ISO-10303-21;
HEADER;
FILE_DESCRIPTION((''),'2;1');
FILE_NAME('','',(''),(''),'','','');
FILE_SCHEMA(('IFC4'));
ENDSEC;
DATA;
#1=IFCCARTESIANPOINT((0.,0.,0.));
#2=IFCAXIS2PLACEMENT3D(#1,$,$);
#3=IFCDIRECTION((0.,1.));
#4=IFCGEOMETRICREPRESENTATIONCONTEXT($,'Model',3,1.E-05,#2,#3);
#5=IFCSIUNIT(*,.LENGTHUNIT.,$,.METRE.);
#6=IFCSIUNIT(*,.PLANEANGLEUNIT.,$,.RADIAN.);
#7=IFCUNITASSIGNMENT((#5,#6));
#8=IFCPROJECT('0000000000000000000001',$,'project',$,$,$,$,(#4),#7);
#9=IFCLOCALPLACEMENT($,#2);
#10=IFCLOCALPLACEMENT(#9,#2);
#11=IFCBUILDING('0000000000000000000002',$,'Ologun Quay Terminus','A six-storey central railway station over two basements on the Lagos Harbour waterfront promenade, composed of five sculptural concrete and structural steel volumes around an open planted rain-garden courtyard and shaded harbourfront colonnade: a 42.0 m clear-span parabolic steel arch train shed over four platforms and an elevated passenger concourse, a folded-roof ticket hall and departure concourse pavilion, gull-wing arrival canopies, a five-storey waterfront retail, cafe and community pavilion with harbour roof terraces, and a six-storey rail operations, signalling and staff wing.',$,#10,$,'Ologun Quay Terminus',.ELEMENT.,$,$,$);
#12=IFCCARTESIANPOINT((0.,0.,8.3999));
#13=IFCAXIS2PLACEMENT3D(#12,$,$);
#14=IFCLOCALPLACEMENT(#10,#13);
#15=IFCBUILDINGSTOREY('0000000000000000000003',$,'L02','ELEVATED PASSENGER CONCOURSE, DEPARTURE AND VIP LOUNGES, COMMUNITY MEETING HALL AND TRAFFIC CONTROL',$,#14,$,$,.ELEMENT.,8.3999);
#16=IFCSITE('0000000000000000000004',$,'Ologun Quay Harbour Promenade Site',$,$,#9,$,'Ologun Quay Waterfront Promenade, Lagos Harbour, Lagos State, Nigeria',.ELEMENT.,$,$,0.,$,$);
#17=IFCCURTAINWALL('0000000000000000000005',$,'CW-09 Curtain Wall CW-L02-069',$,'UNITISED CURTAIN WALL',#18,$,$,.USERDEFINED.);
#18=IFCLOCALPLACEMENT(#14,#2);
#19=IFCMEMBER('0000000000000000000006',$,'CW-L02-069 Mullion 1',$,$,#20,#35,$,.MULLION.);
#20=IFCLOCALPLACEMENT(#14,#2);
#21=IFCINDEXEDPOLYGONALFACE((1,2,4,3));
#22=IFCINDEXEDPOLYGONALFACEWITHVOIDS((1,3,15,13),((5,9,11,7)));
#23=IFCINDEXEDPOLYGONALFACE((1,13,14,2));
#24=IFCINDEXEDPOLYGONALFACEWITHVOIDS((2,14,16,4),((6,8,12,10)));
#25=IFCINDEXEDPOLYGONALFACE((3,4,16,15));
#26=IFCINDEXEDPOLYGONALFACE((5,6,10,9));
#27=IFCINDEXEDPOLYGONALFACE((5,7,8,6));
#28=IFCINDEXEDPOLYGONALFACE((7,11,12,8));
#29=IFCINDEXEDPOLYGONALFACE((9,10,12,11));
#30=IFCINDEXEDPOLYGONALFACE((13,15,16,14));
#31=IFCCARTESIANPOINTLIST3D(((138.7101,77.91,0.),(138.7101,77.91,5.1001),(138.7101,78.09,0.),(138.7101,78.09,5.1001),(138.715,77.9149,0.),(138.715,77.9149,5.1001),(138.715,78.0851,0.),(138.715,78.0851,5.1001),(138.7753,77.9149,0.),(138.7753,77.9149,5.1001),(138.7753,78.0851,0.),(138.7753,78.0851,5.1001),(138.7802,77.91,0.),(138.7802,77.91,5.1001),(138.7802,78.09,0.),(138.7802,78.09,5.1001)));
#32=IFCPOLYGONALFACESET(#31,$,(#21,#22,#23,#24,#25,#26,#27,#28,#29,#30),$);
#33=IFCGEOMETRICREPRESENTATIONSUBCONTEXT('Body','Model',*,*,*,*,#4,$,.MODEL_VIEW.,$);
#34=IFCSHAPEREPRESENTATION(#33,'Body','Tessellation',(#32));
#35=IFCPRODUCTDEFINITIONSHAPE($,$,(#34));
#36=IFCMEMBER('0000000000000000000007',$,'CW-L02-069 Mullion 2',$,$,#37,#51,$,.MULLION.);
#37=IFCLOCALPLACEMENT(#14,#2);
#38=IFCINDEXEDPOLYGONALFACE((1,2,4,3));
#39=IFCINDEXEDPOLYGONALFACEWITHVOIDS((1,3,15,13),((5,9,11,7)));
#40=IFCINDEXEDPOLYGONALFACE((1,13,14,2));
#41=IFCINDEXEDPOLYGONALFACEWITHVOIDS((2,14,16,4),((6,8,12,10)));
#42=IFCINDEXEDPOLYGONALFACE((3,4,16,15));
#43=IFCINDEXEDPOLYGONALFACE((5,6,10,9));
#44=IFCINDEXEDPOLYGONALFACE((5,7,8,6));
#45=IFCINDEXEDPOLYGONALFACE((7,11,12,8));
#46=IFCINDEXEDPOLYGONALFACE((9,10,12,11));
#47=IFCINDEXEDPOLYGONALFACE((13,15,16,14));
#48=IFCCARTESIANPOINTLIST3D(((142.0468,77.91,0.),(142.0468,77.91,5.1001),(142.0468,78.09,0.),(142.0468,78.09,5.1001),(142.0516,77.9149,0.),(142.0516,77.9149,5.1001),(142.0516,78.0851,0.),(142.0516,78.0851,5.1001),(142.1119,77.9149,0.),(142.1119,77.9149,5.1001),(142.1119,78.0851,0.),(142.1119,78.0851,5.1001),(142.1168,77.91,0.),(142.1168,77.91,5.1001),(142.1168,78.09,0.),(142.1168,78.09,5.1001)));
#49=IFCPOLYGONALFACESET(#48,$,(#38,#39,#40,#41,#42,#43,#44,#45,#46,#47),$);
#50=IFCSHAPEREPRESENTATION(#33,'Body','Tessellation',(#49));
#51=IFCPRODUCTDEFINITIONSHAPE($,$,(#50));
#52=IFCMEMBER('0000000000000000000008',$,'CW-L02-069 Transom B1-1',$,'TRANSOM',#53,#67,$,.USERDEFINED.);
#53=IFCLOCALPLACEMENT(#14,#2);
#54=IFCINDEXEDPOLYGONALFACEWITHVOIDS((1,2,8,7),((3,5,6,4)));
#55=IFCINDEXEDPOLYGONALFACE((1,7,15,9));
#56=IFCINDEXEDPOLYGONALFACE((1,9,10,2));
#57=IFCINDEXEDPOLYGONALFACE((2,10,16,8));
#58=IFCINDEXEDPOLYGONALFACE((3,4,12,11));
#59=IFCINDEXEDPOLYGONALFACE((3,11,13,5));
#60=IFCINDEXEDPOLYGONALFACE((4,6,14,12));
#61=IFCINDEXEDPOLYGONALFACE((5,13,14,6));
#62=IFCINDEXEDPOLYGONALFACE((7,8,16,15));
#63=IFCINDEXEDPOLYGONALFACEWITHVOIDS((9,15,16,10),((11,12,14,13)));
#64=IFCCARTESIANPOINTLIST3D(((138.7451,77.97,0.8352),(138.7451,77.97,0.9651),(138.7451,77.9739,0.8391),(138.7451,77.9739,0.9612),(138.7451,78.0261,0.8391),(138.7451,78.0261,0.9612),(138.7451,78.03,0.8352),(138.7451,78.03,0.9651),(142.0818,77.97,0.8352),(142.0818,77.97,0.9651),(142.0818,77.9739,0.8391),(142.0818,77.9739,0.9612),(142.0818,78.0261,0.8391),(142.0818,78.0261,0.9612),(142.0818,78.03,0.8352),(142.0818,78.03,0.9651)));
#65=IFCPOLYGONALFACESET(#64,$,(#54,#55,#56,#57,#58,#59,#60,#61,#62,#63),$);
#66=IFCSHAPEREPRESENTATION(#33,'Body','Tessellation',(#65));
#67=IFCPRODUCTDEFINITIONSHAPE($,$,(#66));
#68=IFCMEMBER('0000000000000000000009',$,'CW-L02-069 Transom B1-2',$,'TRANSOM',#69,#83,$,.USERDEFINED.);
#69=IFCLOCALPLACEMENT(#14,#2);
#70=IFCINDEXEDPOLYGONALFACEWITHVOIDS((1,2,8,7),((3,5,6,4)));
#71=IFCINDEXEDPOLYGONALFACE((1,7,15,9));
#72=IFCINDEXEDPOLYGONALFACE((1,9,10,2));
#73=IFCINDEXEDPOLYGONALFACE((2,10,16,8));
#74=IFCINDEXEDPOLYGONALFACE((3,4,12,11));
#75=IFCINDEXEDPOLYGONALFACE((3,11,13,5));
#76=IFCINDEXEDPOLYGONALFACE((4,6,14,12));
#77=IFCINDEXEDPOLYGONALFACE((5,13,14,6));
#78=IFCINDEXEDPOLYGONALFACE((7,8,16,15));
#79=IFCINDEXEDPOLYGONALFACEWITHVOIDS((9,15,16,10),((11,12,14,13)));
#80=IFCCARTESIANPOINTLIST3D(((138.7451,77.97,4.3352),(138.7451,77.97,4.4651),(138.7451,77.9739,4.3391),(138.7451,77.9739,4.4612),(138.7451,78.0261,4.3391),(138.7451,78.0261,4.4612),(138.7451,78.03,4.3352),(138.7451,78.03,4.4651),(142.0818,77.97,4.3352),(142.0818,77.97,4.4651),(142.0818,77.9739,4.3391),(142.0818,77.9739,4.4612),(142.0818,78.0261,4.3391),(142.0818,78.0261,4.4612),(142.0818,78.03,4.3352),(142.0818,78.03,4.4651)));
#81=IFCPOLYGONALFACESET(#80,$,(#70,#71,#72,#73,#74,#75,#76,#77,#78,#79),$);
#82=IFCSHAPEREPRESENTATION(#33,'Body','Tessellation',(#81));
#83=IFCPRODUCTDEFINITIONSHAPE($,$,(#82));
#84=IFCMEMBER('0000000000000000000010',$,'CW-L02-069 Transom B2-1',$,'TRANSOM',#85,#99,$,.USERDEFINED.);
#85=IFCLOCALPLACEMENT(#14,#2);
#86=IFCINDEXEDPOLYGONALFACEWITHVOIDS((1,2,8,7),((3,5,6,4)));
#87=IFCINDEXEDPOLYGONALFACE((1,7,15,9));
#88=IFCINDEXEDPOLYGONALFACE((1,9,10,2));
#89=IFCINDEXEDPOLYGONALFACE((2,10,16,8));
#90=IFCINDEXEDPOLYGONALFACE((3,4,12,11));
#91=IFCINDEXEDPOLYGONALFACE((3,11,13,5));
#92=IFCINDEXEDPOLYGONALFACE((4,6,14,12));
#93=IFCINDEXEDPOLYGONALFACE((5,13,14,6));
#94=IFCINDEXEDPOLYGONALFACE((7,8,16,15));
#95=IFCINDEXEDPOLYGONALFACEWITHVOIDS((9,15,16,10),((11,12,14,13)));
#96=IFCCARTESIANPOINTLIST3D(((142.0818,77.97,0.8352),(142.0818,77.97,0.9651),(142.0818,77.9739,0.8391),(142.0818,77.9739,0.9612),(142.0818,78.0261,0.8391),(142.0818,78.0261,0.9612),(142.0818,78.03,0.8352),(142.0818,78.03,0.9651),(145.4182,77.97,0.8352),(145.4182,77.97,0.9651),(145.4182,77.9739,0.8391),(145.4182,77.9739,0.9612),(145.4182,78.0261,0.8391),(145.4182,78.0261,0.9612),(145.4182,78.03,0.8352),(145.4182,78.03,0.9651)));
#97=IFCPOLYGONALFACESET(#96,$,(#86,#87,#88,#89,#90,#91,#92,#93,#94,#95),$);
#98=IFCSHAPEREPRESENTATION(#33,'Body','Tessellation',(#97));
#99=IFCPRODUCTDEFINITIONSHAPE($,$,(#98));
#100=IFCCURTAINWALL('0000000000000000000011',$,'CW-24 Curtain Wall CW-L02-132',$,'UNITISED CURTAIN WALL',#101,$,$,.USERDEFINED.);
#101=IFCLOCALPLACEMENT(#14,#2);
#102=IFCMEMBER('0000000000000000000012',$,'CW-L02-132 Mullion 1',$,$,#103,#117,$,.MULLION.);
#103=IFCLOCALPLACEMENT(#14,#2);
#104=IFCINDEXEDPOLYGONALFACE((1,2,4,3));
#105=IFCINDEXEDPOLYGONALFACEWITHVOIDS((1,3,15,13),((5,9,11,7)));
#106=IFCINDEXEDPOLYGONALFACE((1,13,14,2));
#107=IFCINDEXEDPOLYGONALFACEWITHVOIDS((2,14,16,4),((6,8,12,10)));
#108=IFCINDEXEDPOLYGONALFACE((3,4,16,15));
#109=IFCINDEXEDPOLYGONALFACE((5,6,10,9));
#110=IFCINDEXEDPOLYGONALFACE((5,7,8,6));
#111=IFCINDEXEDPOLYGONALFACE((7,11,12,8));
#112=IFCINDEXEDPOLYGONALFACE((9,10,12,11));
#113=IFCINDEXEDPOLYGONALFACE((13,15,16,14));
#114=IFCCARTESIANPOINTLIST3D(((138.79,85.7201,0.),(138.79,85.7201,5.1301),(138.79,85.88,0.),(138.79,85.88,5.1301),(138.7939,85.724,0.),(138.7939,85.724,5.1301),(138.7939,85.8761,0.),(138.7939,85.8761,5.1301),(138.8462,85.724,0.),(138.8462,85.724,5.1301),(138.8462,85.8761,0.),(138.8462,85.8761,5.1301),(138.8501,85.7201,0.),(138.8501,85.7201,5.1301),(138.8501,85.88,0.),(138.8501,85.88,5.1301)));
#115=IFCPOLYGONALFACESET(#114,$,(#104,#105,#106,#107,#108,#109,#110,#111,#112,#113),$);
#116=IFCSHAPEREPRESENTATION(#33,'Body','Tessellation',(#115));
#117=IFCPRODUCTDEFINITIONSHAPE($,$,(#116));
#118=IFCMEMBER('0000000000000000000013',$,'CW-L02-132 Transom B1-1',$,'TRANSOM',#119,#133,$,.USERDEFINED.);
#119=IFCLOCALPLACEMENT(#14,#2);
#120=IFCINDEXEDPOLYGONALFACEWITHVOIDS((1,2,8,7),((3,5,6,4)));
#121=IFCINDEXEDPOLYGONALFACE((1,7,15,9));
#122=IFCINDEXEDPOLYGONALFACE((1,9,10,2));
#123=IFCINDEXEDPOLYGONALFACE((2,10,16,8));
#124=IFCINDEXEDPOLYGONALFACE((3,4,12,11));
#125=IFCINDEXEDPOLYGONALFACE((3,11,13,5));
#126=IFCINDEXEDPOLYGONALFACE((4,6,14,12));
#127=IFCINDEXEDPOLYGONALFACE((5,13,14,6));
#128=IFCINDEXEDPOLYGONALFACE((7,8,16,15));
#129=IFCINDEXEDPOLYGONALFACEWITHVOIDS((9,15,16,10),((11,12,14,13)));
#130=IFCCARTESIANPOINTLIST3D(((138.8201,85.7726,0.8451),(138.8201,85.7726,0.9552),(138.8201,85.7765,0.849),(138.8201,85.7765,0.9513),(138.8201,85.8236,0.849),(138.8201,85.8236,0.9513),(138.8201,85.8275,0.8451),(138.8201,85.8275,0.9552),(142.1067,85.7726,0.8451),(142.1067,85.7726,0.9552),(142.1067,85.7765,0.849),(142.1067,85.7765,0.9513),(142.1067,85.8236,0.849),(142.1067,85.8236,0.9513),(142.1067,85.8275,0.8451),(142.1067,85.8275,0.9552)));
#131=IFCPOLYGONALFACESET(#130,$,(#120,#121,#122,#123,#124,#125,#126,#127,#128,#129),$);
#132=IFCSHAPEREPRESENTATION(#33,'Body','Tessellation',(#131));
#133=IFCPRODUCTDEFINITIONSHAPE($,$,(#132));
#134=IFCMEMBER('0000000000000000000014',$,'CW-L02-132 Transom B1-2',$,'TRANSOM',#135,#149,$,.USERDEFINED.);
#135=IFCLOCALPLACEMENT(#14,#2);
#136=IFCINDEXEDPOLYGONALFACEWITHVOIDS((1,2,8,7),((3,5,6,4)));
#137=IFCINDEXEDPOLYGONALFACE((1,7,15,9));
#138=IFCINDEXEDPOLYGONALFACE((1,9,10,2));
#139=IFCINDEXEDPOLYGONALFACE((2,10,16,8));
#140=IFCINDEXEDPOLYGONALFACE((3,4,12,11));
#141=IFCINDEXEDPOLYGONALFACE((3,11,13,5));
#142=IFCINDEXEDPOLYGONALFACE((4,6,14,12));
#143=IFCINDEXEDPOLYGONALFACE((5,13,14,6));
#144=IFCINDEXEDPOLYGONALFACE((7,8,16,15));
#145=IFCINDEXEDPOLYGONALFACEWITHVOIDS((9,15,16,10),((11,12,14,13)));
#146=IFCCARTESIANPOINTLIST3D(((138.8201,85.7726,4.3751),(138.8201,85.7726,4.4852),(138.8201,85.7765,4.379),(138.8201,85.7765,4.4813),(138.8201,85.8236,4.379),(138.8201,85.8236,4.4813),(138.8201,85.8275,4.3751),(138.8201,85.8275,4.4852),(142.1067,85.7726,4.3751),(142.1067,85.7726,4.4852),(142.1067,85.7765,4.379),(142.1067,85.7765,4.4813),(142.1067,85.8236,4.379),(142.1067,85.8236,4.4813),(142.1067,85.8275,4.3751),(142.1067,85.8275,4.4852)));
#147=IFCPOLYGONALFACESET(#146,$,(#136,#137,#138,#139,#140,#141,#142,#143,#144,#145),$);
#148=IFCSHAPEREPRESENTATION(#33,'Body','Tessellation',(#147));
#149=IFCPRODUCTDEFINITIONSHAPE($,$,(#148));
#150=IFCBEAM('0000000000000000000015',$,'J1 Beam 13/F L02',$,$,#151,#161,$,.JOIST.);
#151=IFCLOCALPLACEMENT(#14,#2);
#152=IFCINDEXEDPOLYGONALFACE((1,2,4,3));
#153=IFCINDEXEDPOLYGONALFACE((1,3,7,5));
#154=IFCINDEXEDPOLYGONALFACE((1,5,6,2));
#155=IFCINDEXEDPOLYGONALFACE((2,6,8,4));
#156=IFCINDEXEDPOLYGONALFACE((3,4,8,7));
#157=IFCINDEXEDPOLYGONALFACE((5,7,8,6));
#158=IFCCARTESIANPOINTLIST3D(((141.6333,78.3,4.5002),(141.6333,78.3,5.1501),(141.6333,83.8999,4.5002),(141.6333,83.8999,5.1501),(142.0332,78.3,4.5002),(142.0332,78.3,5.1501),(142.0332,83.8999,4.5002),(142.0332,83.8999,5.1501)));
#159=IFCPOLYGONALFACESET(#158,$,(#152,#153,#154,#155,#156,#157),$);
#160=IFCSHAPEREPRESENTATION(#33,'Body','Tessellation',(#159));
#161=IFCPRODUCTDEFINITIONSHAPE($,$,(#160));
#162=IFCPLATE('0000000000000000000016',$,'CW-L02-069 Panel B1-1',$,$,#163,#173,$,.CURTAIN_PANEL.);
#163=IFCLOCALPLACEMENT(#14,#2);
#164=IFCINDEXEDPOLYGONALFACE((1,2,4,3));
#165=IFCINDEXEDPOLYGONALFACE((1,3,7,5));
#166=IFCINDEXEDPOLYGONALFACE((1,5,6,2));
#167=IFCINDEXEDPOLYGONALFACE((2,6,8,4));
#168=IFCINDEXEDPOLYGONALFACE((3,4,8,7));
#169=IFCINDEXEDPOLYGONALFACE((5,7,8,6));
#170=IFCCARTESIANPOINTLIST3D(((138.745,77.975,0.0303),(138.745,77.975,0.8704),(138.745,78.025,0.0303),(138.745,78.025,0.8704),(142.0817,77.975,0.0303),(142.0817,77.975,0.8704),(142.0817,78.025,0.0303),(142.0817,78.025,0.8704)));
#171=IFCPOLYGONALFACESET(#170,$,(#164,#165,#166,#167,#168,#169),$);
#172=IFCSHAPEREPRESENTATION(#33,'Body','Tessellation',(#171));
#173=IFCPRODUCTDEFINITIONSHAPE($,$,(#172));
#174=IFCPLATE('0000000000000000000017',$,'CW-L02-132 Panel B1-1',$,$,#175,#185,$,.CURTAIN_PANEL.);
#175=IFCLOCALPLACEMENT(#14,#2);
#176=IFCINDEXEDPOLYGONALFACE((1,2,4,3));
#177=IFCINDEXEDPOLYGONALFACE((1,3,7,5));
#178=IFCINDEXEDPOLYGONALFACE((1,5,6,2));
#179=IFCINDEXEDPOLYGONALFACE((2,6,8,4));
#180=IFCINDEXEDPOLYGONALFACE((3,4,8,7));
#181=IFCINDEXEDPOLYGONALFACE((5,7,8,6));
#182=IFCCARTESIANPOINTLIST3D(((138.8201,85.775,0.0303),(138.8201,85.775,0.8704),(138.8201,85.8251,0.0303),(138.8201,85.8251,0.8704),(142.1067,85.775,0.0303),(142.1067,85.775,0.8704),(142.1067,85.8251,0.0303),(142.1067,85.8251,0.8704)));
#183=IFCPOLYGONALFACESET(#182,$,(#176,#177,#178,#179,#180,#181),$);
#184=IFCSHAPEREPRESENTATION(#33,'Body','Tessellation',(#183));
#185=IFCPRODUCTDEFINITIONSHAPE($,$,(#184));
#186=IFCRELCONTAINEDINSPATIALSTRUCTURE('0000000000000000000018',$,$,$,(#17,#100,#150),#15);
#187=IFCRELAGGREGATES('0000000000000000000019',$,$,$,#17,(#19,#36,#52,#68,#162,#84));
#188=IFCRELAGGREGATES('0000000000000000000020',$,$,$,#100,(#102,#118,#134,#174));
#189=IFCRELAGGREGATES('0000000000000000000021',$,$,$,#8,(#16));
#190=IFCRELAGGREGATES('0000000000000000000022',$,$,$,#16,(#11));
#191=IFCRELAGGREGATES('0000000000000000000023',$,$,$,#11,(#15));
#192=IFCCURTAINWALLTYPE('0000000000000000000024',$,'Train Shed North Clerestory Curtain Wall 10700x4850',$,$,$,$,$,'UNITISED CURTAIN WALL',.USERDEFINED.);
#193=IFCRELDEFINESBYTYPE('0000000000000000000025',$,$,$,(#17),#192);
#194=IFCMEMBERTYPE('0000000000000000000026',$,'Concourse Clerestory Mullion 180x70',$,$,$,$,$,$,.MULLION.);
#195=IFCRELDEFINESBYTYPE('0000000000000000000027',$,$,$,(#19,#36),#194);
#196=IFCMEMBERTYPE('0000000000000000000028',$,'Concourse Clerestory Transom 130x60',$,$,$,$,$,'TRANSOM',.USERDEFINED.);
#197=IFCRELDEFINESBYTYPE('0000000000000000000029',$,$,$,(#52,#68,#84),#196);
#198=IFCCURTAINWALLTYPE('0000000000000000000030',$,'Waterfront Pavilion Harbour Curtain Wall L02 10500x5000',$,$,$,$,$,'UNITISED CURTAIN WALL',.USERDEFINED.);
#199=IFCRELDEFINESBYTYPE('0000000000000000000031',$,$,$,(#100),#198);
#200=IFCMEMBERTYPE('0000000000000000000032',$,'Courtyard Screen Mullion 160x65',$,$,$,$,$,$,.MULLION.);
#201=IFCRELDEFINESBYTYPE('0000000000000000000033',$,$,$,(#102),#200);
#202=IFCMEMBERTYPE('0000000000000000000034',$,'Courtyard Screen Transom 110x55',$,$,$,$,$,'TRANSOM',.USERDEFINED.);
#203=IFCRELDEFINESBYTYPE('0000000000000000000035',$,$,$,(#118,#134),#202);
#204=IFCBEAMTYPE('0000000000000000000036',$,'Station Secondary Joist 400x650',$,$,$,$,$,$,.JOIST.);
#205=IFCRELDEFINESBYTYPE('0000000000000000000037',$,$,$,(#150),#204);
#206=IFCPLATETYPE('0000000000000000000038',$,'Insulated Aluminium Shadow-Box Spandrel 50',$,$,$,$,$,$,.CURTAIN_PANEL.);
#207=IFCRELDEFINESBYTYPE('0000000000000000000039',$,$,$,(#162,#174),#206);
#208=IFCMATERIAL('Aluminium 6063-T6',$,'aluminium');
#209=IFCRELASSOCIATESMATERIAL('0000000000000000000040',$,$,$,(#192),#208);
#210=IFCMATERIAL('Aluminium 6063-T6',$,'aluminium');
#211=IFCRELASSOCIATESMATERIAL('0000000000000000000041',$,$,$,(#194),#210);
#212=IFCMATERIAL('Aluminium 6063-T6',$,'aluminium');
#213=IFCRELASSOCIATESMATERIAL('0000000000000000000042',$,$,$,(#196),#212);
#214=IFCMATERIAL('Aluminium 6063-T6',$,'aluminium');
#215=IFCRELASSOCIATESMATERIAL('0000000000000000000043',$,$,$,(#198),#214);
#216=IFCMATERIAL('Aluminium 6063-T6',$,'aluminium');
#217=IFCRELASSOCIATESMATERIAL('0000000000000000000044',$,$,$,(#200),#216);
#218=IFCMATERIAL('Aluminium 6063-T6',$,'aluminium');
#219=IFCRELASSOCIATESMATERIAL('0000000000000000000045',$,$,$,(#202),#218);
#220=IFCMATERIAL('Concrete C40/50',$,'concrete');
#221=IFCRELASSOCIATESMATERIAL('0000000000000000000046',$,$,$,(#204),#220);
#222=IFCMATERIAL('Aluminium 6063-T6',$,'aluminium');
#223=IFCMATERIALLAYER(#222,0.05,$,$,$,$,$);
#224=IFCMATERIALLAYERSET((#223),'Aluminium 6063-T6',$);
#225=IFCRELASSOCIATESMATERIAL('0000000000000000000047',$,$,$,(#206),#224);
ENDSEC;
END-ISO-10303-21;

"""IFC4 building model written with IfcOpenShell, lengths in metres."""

from ifc_helpers import new_model, si_unit, direction, frame, origin, origin_2d, place, context, subcontext, project, spatial, rectangle, hollow_rectangle, extrude, material, layer, layer_set, material_profile, profile_set, type_object, element, aggregate, save


model = new_model("IFC4")

# Units and contexts
model_context = context("Model", 3, precision=1e-05, world=origin(), true_north=direction((0.0, 1.0)))
body_context = subcontext(model_context, "Body", "Model", "MODEL_VIEW")
ifc_project = project(units=[si_unit("LENGTHUNIT", "METRE"), si_unit("PLANEANGLEUNIT", "RADIAN")], contexts=[model_context])

# Site, building, storey
site_placement = place(None, origin())
site = spatial("IfcSite", under=ifc_project, at=site_placement, Name="Ologun Quay Harbour Promenade Site", LongName="Ologun Quay Waterfront Promenade, Lagos Harbour, Lagos State, Nigeria", CompositionType="ELEMENT", RefElevation=0.0)
building_placement = place(site_placement, origin())
building = spatial("IfcBuilding", under=site, at=building_placement, Name="Ologun Quay Terminus", Description="A six-storey central railway station over two basements on the Lagos Harbour waterfront promenade, composed of five sculptural concrete and structural steel volumes around an open planted rain-garden courtyard and shaded harbourfront colonnade: a 42.0 m clear-span parabolic steel arch train shed over four platforms and an elevated passenger concourse, a folded-roof ticket hall and departure concourse pavilion, gull-wing arrival canopies, a five-storey waterfront retail, cafe and community pavilion with harbour roof terraces, and a six-storey rail operations, signalling and staff wing.", LongName="Ologun Quay Terminus", CompositionType="ELEMENT")
storey_placement = place(building_placement, frame((0.0, 0.0, 8.3999)))
storey = spatial("IfcBuildingStorey", under=building, at=storey_placement, Name="L02", Description="ELEVATED PASSENGER CONCOURSE, DEPARTURE AND VIP LOUNGES, COMMUNITY MEETING HALL AND TRAFFIC CONTROL", CompositionType="ELEMENT", Elevation=8.3999)

# Curtain walls, members
ifc_material_1 = material(Name="Aluminium 6063-T6", Category="aluminium")
curtain_wall_type_1 = type_object("IfcCurtainWallType", Name="Train Shed North Clerestory Curtain Wall 10700x4850", ElementType="UNITISED CURTAIN WALL", PredefinedType="USERDEFINED", material=ifc_material_1)
curtain_wall_1_placement = place(storey_placement, origin())
curtain_wall_1 = element("IfcCurtainWall", 1, at=curtain_wall_1_placement, inside=storey, type_object=curtain_wall_type_1, Name="CW-09 Curtain Wall CW-L02-069", ObjectType="UNITISED CURTAIN WALL", PredefinedType="USERDEFINED")
ifc_material_2 = material(Name="Aluminium 6063-T6", Category="aluminium")
ifc_material_profile_1 = material_profile(ifc_material_2, hollow_rectangle(XDim=0.0701, YDim=0.1799, WallThickness=0.0049, at=origin_2d()), Name="ALU 180x70x5")
ifc_profile_set_1 = profile_set([ifc_material_profile_1], Name="Aluminium 6063-T6")
member_type_1 = type_object("IfcMemberType", Name="Concourse Clerestory Mullion 180x70", PredefinedType="MULLION", material=ifc_profile_set_1)
member_1_placement = place(storey_placement, frame((138.7451, 78.0, 0.0), z_axis=(0.0, 0.0, 1.0), x_axis=(1.0, 0.0, 0.0)))
member_1 = element("IfcMember", 2, at=member_1_placement, type_object=member_type_1, Name="CW-L02-069 Mullion 1", PredefinedType="MULLION", context=body_context, shape_type="SweptSolid", body=[
    extrude(hollow_rectangle(XDim=0.0701, YDim=0.1799, WallThickness=0.0049, at=origin_2d()), origin(), (0.0, 0.0, 1.0), 5.1001),
])
member_2_placement = place(storey_placement, frame((142.0818, 78.0, 0.0), z_axis=(0.0, 0.0, 1.0), x_axis=(1.0, 0.0, 0.0)))
member_2 = element("IfcMember", 3, at=member_2_placement, type_object=member_type_1, Name="CW-L02-069 Mullion 2", PredefinedType="MULLION", context=body_context, shape_type="SweptSolid", body=[
    extrude(hollow_rectangle(XDim=0.0701, YDim=0.1799, WallThickness=0.0049, at=origin_2d()), origin(), (0.0, 0.0, 1.0), 5.1001),
])
ifc_material_3 = material(Name="Aluminium 6063-T6", Category="aluminium")
ifc_material_profile_2 = material_profile(ifc_material_3, hollow_rectangle(XDim=0.0601, YDim=0.1299, WallThickness=0.0039, at=origin_2d()), Name="ALU 130x60x4")
ifc_profile_set_2 = profile_set([ifc_material_profile_2], Name="Aluminium 6063-T6")
member_type_2 = type_object("IfcMemberType", Name="Concourse Clerestory Transom 130x60", ElementType="TRANSOM", PredefinedType="USERDEFINED", material=ifc_profile_set_2)
member_3_placement = place(storey_placement, frame((138.7451, 78.0, 0.9001), z_axis=(1.0, 0.0, 0.0), x_axis=(0.0, 1.0, 0.0)))
member_3 = element("IfcMember", 4, at=member_3_placement, type_object=member_type_2, Name="CW-L02-069 Transom B1-1", ObjectType="TRANSOM", PredefinedType="USERDEFINED", context=body_context, shape_type="SweptSolid", body=[
    extrude(hollow_rectangle(XDim=0.0601, YDim=0.1299, WallThickness=0.0039, at=origin_2d()), origin(), (0.0, 0.0, 1.0), 3.3367),
])
member_4_placement = place(storey_placement, frame((138.7451, 78.0, 4.4001), z_axis=(1.0, 0.0, 0.0), x_axis=(0.0, 1.0, 0.0)))
member_4 = element("IfcMember", 5, at=member_4_placement, type_object=member_type_2, Name="CW-L02-069 Transom B1-2", ObjectType="TRANSOM", PredefinedType="USERDEFINED", context=body_context, shape_type="SweptSolid", body=[
    extrude(hollow_rectangle(XDim=0.0601, YDim=0.1299, WallThickness=0.0039, at=origin_2d()), origin(), (0.0, 0.0, 1.0), 3.3367),
])
member_5_placement = place(storey_placement, frame((142.0818, 78.0, 0.9001), z_axis=(1.0, 0.0, 0.0), x_axis=(0.0, 1.0, 0.0)))
member_5 = element("IfcMember", 6, at=member_5_placement, type_object=member_type_2, Name="CW-L02-069 Transom B2-1", ObjectType="TRANSOM", PredefinedType="USERDEFINED", context=body_context, shape_type="SweptSolid", body=[
    extrude(hollow_rectangle(XDim=0.0601, YDim=0.1299, WallThickness=0.0039, at=origin_2d()), origin(), (0.0, 0.0, 1.0), 3.3364),
])
ifc_material_4 = material(Name="Aluminium 6063-T6", Category="aluminium")
curtain_wall_type_2 = type_object("IfcCurtainWallType", Name="Waterfront Pavilion Harbour Curtain Wall L02 10500x5000", ElementType="UNITISED CURTAIN WALL", PredefinedType="USERDEFINED", material=ifc_material_4)
curtain_wall_2_placement = place(storey_placement, origin())
curtain_wall_2 = element("IfcCurtainWall", 7, at=curtain_wall_2_placement, inside=storey, type_object=curtain_wall_type_2, Name="CW-24 Curtain Wall CW-L02-132", ObjectType="UNITISED CURTAIN WALL", PredefinedType="USERDEFINED")
ifc_material_5 = material(Name="Aluminium 6063-T6", Category="aluminium")
ifc_material_profile_3 = material_profile(ifc_material_5, hollow_rectangle(XDim=0.0601, YDim=0.1599, WallThickness=0.0039, at=origin_2d()), Name="ALU 160x60x4")
ifc_profile_set_3 = profile_set([ifc_material_profile_3], Name="Aluminium 6063-T6")
member_type_3 = type_object("IfcMemberType", Name="Courtyard Screen Mullion 160x65", PredefinedType="MULLION", material=ifc_profile_set_3)
member_6_placement = place(storey_placement, frame((138.8201, 85.8, 0.0), z_axis=(0.0, 0.0, 1.0), x_axis=(1.0, 0.0, 0.0)))
member_6 = element("IfcMember", 8, at=member_6_placement, type_object=member_type_3, Name="CW-L02-132 Mullion 1", PredefinedType="MULLION", context=body_context, shape_type="SweptSolid", body=[
    extrude(hollow_rectangle(XDim=0.0601, YDim=0.1599, WallThickness=0.0039, at=origin_2d()), origin(), (0.0, 0.0, 1.0), 5.1301),
])
ifc_material_6 = material(Name="Aluminium 6063-T6", Category="aluminium")
ifc_material_profile_4 = material_profile(ifc_material_6, hollow_rectangle(XDim=0.0549, YDim=0.1101, WallThickness=0.0039, at=origin_2d()), Name="ALU 110x55x4")
ifc_profile_set_4 = profile_set([ifc_material_profile_4], Name="Aluminium 6063-T6")
member_type_4 = type_object("IfcMemberType", Name="Courtyard Screen Transom 110x55", ElementType="TRANSOM", PredefinedType="USERDEFINED", material=ifc_profile_set_4)
member_7_placement = place(storey_placement, frame((138.8201, 85.8, 0.9001), z_axis=(1.0, 0.0, 0.0), x_axis=(0.0, 1.0, 0.0)))
member_7 = element("IfcMember", 9, at=member_7_placement, type_object=member_type_4, Name="CW-L02-132 Transom B1-1", ObjectType="TRANSOM", PredefinedType="USERDEFINED", context=body_context, shape_type="SweptSolid", body=[
    extrude(hollow_rectangle(XDim=0.0549, YDim=0.1101, WallThickness=0.0039, at=origin_2d()), origin(), (0.0, 0.0, 1.0), 3.2866),
])
member_8_placement = place(storey_placement, frame((138.8201, 85.8, 4.4302), z_axis=(1.0, 0.0, 0.0), x_axis=(0.0, 1.0, 0.0)))
member_8 = element("IfcMember", 10, at=member_8_placement, type_object=member_type_4, Name="CW-L02-132 Transom B1-2", ObjectType="TRANSOM", PredefinedType="USERDEFINED", context=body_context, shape_type="SweptSolid", body=[
    extrude(hollow_rectangle(XDim=0.0549, YDim=0.1101, WallThickness=0.0039, at=origin_2d()), origin(), (0.0, 0.0, 1.0), 3.2866),
])

# Beam
ifc_material_7 = material(Name="Concrete C40/50", Category="concrete")
ifc_material_profile_5 = material_profile(ifc_material_7, rectangle(XDim=0.3999, YDim=0.6499, at=origin_2d()), Name="RC 400x650")
ifc_profile_set_5 = profile_set([ifc_material_profile_5], Name="Concrete C40/50")
beam_type = type_object("IfcBeamType", Name="Station Secondary Joist 400x650", PredefinedType="JOIST", material=ifc_profile_set_5)
beam_placement = place(storey_placement, frame((141.8333, 78.3, 4.8252), z_axis=(0.0, 1.0, 0.0), x_axis=(-1.0, 0.0, 0.0)))
element("IfcBeam", 11, at=beam_placement, inside=storey, type_object=beam_type, Name="J1 Beam 13/F L02", PredefinedType="JOIST", context=body_context, shape_type="SweptSolid", body=[
    extrude(rectangle(XDim=0.3999, YDim=0.6499, at=origin_2d()), origin(), (0.0, 0.0, 1.0), 5.5999),
])

# Plates
ifc_material_8 = material(Name="Aluminium 6063-T6", Category="aluminium")
ifc_layer_1 = layer(ifc_material_8, 0.05)
ifc_layer_set_1 = layer_set([ifc_layer_1], Name="Aluminium 6063-T6")
plate_type_1 = type_object("IfcPlateType", Name="Insulated Aluminium Shadow-Box Spandrel 50", PredefinedType="CURTAIN_PANEL", material=ifc_layer_set_1)
plate_1_placement = place(storey_placement, frame((140.4133, 78.0, 0.0303), z_axis=(0.0, 0.0, 1.0), x_axis=(1.0, 0.0, 0.0)))
plate_1 = element("IfcPlate", 12, at=plate_1_placement, type_object=plate_type_1, Name="CW-L02-069 Panel B1-1", PredefinedType="CURTAIN_PANEL", context=body_context, shape_type="SweptSolid", body=[
    extrude(rectangle(XDim=3.3367, YDim=0.05, at=origin_2d()), origin(), (0.0, 0.0, 1.0), 0.8401),
])
plate_2_placement = place(storey_placement, frame((140.4634, 85.8, 0.0303), z_axis=(0.0, 0.0, 1.0), x_axis=(1.0, 0.0, 0.0)))
plate_2 = element("IfcPlate", 13, at=plate_2_placement, type_object=plate_type_1, Name="CW-L02-132 Panel B1-1", PredefinedType="CURTAIN_PANEL", context=body_context, shape_type="SweptSolid", body=[
    extrude(rectangle(XDim=3.2866, YDim=0.05, at=origin_2d()), origin(), (0.0, 0.0, 1.0), 0.8401),
])
aggregate(curtain_wall_1, [member_1, member_2, member_3, member_4, plate_1, member_5])
aggregate(curtain_wall_2, [member_6, member_7, member_8, plate_2])

save(model, "model.ifc")
